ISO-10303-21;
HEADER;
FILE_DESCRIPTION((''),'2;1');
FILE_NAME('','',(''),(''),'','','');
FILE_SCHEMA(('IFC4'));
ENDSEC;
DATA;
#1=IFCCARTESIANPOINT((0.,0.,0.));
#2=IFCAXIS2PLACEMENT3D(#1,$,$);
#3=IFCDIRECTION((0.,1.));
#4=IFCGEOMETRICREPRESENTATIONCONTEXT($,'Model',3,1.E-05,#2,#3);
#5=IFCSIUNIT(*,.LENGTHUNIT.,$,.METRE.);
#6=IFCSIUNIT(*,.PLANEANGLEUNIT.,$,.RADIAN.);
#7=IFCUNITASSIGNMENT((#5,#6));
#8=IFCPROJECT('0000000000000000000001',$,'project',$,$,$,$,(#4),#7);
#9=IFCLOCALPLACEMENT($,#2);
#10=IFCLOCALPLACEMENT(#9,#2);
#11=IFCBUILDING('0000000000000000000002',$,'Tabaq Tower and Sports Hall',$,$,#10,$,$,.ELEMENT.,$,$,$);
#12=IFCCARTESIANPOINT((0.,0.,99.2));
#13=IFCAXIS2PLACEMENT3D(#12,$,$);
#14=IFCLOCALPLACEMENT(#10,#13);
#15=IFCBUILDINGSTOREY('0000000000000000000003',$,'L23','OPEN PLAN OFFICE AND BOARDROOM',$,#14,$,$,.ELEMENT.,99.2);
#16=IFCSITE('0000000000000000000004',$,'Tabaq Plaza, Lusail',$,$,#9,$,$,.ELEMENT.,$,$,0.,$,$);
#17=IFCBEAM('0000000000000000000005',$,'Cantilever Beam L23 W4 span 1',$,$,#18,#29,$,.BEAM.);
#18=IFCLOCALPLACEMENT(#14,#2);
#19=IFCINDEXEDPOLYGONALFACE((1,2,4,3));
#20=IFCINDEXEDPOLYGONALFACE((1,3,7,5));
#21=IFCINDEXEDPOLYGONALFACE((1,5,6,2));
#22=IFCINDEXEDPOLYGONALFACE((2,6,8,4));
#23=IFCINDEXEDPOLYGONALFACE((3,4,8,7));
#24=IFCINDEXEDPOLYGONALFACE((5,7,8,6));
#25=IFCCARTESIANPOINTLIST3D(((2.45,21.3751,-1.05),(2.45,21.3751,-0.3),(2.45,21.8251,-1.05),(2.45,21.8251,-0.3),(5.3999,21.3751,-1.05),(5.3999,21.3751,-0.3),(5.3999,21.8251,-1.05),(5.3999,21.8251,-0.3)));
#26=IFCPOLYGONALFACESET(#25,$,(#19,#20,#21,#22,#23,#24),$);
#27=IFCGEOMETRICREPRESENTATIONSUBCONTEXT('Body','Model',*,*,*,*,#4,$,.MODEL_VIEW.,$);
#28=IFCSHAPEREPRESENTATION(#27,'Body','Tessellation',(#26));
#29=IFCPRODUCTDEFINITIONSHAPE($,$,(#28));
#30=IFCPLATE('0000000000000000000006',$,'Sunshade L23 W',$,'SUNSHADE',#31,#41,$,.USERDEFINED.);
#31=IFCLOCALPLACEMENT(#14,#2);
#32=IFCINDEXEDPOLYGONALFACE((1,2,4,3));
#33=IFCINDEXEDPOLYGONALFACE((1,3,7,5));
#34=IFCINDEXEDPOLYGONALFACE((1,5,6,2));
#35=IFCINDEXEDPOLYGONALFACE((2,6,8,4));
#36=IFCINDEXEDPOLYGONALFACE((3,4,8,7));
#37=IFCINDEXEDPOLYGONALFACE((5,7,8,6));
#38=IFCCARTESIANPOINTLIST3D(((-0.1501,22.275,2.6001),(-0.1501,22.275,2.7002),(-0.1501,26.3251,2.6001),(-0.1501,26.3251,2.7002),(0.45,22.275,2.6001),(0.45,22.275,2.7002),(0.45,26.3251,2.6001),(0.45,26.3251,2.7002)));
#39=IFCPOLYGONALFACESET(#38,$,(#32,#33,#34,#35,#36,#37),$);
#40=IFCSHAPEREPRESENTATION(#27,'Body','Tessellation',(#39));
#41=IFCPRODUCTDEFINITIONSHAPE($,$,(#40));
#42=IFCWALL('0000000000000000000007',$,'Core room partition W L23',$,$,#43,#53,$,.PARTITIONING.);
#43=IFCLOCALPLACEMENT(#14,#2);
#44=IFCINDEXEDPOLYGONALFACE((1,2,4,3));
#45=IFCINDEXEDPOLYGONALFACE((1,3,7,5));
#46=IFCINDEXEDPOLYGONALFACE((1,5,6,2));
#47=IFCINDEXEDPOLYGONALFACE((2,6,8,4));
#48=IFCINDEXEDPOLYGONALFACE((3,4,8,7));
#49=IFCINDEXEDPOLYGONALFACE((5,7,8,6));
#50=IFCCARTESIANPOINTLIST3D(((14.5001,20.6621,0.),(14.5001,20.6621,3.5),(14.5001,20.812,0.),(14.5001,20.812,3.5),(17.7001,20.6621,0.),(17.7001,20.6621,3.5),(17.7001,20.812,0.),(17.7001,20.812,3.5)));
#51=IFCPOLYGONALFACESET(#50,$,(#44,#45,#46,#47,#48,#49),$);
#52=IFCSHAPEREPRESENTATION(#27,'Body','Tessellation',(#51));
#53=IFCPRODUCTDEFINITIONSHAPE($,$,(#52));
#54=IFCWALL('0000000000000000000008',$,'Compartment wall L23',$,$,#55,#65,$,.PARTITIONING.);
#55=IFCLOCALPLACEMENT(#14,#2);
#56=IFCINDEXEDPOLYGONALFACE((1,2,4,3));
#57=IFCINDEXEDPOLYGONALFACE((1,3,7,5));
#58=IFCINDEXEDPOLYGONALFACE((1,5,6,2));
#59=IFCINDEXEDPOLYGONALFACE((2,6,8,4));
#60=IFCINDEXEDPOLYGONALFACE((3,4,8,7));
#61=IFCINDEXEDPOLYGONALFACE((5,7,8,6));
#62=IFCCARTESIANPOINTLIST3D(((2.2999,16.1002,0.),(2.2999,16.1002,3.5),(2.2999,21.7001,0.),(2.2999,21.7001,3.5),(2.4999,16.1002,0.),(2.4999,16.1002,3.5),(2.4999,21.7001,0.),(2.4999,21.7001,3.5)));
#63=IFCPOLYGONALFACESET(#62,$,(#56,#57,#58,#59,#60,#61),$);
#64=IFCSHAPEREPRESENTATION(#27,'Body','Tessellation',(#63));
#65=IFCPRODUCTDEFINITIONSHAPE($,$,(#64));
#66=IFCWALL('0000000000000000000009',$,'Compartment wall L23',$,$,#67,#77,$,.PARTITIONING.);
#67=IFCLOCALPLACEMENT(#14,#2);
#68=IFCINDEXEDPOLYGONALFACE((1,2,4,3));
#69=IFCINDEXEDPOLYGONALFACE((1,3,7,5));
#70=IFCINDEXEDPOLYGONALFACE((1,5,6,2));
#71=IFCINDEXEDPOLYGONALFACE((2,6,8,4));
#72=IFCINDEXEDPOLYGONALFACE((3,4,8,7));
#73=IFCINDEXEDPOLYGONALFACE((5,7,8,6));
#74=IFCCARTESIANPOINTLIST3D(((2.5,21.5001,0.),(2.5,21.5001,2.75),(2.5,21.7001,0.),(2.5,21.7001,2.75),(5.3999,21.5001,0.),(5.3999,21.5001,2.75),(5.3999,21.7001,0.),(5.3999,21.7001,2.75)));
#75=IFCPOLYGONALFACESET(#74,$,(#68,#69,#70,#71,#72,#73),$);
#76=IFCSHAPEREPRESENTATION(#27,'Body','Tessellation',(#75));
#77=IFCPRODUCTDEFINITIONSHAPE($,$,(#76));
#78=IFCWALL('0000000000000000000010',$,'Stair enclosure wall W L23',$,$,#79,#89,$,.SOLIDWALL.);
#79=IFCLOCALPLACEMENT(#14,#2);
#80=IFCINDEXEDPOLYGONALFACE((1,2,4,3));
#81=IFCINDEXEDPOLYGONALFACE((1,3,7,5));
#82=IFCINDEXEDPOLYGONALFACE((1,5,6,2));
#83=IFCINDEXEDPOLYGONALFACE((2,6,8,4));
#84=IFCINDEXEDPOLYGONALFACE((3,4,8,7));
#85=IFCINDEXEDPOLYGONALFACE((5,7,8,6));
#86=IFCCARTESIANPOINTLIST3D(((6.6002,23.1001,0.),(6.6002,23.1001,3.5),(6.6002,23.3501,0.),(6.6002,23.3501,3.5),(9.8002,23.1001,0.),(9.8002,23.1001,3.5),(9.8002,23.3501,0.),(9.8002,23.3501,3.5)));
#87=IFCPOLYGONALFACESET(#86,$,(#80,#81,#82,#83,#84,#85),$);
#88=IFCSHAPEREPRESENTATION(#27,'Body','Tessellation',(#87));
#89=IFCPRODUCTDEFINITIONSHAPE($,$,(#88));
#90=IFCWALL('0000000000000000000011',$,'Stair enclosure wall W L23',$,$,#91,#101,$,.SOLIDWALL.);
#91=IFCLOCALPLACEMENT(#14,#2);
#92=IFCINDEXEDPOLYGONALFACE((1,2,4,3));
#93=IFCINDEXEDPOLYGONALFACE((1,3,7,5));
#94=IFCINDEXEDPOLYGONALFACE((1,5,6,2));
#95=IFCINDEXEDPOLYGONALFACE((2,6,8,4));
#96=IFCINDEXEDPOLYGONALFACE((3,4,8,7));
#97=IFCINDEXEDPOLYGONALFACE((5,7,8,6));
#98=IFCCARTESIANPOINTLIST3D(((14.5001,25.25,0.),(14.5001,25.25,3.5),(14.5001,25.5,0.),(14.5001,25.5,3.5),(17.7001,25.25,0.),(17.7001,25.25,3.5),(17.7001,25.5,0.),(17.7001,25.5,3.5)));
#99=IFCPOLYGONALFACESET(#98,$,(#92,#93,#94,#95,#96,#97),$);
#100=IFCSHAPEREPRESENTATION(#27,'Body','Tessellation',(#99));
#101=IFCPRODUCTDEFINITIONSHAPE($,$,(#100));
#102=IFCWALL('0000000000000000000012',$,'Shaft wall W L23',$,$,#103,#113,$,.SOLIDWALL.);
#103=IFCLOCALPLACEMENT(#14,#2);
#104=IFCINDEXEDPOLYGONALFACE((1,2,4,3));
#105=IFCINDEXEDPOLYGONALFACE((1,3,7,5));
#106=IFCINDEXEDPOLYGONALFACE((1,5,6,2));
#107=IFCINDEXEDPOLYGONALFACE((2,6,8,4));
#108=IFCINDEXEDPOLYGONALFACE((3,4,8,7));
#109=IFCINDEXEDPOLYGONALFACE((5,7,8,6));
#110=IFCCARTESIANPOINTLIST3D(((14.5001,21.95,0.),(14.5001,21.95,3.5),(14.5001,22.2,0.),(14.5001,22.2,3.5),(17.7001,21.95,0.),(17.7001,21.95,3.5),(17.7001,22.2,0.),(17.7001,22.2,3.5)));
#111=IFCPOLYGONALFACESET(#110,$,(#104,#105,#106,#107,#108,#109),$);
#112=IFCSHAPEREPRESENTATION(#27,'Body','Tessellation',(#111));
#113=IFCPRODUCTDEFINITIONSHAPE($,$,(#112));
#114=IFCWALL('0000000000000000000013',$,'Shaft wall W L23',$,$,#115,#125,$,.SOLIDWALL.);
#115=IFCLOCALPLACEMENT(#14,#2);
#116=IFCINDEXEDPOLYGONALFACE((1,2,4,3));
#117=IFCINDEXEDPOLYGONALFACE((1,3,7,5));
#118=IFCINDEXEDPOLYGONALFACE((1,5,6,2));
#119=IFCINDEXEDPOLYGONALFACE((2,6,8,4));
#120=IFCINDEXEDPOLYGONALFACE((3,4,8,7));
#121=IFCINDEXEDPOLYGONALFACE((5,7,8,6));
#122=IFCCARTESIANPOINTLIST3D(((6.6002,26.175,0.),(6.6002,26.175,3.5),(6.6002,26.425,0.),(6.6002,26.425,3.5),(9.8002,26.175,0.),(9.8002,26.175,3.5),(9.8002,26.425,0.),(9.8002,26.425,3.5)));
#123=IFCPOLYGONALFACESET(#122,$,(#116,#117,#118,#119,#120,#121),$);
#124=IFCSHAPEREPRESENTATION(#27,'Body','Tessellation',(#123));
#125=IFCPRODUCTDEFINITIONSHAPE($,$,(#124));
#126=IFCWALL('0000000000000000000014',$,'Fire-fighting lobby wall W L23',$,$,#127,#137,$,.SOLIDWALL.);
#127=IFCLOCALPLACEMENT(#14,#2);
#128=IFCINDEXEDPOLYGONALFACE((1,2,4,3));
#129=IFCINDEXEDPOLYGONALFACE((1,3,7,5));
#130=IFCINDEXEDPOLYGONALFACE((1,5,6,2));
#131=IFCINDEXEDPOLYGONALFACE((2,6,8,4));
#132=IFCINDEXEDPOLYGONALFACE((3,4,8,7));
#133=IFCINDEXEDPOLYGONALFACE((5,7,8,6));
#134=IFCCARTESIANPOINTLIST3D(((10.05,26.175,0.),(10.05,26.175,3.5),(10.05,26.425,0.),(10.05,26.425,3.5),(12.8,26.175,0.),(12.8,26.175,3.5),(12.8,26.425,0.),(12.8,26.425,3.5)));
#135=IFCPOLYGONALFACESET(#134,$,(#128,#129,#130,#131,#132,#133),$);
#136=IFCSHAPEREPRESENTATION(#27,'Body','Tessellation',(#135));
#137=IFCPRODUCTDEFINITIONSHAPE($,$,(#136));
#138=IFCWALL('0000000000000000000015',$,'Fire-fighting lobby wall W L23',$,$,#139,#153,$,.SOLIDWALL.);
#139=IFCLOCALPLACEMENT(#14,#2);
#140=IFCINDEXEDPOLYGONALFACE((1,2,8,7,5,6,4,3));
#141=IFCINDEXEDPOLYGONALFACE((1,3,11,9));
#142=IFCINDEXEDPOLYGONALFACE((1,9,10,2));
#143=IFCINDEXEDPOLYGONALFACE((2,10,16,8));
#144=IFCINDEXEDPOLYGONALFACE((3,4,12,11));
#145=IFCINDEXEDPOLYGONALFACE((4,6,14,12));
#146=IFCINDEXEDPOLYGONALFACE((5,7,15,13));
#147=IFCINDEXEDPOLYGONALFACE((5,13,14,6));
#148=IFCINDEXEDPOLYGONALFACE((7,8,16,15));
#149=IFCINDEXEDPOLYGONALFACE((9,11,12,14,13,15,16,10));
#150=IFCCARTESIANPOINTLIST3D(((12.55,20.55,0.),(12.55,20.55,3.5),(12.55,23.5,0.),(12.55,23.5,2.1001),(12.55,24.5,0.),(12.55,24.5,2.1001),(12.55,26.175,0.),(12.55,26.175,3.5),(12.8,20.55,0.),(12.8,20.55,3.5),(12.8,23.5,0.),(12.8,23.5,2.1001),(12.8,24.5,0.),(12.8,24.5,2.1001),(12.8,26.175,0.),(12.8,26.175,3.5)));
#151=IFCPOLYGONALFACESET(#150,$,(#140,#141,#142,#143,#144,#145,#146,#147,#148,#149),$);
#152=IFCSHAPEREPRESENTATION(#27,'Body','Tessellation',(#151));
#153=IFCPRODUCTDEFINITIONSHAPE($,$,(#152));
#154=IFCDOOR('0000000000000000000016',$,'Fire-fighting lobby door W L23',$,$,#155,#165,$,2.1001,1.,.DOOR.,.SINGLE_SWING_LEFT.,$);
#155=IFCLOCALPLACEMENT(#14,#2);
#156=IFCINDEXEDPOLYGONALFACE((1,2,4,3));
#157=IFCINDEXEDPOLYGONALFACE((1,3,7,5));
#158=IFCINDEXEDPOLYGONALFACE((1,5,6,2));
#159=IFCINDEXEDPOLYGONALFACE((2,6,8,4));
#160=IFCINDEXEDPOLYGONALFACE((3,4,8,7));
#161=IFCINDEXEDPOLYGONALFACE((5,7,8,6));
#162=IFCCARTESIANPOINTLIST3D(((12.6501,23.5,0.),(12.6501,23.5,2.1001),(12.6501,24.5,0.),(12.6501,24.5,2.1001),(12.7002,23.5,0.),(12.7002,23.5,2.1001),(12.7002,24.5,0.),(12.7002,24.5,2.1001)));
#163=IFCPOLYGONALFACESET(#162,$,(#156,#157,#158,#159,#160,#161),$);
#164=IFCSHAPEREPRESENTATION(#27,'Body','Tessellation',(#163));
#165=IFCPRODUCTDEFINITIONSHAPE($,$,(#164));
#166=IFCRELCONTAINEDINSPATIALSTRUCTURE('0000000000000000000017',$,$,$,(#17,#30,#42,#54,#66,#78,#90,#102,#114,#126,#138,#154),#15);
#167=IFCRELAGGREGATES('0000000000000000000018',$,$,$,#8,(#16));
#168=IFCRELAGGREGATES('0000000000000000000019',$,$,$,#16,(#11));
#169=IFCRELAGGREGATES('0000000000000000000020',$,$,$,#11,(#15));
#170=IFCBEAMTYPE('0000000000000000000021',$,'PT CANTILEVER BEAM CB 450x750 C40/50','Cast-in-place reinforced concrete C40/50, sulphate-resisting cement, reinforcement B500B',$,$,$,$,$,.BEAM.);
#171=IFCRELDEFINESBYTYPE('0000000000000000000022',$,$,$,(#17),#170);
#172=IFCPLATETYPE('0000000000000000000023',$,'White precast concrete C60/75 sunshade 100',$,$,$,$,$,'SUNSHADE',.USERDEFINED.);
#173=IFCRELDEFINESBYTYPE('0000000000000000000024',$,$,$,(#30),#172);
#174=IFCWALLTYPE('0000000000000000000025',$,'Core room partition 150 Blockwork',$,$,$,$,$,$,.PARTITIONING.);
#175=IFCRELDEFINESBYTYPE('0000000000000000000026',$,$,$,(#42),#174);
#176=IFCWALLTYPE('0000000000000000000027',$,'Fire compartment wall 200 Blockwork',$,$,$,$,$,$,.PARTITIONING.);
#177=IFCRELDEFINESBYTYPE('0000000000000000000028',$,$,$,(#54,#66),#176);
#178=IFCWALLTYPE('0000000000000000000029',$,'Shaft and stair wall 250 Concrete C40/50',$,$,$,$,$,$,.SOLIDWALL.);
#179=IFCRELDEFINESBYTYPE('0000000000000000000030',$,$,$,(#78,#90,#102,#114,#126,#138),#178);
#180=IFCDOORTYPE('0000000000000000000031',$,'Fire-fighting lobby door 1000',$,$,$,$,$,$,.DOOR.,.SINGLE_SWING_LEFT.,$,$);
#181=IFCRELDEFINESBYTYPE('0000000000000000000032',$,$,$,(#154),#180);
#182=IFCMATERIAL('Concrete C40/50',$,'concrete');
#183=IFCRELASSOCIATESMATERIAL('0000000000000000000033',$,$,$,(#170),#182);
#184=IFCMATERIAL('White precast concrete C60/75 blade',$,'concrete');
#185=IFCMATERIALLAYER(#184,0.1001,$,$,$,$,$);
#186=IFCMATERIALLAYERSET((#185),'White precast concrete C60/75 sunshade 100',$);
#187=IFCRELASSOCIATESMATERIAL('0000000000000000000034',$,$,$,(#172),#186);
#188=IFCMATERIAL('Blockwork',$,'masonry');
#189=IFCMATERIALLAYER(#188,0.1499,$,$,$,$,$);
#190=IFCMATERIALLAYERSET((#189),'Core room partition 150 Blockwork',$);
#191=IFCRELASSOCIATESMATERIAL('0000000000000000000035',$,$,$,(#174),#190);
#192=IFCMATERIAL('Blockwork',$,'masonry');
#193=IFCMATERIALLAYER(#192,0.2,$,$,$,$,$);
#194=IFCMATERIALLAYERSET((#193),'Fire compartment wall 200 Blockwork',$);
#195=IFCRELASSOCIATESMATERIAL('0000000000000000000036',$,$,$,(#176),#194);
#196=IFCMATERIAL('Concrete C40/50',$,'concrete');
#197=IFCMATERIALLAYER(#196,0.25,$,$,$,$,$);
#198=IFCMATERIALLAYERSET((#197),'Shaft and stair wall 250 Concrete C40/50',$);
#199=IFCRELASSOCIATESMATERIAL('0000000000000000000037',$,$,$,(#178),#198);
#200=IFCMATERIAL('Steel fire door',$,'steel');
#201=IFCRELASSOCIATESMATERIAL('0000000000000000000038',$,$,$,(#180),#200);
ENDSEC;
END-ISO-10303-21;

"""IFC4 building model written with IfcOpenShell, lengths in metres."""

from ifc_helpers import new_model, si_unit, direction, frame, frame_2d, origin, origin_2d, place, context, subcontext, project, spatial, rectangle, extrude, material, layer, layer_set, material_profile, profile_set, type_object, element, fill, save


model = new_model("IFC4")

# Units and contexts
model_context = context("Model", 3, precision=1e-05, world=origin(), true_north=direction((0.0, 1.0)))
body_context = subcontext(model_context, "Body", "Model", "MODEL_VIEW")
ifc_project = project(units=[si_unit("LENGTHUNIT", "METRE"), si_unit("PLANEANGLEUNIT", "RADIAN")], contexts=[model_context])

# Site, building, storey
site_placement = place(None, origin())
site = spatial("IfcSite", under=ifc_project, at=site_placement, Name="Tabaq Plaza, Lusail", CompositionType="ELEMENT", RefElevation=0.0)
building_placement = place(site_placement, origin())
building = spatial("IfcBuilding", under=site, at=building_placement, Name="Tabaq Tower and Sports Hall", CompositionType="ELEMENT")
storey_placement = place(building_placement, frame((0.0, 0.0, 99.2)))
storey = spatial("IfcBuildingStorey", under=building, at=storey_placement, Name="L23", Description="OPEN PLAN OFFICE AND BOARDROOM", CompositionType="ELEMENT", Elevation=99.2)

# Beam
ifc_material_1 = material(Name="Concrete C40/50", Category="concrete")
ifc_material_profile = material_profile(ifc_material_1, rectangle(XDim=0.45, YDim=0.75, at=origin_2d()), Name="CB 450x750")
ifc_profile_set = profile_set([ifc_material_profile], Name="Concrete C40/50")
beam_type = type_object("IfcBeamType", Name="PT CANTILEVER BEAM CB 450x750 C40/50", Description="Cast-in-place reinforced concrete C40/50, sulphate-resisting cement, reinforcement B500B", PredefinedType="BEAM", material=ifc_profile_set)
beam_placement = place(storey_placement, frame((2.45, 21.6001, -0.675), z_axis=(1.0, 0.0, 0.0), x_axis=(0.0, 1.0, 0.0)))
element("IfcBeam", 1, at=beam_placement, inside=storey, type_object=beam_type, Name="Cantilever Beam L23 W4 span 1", PredefinedType="BEAM", context=body_context, shape_type="SweptSolid", body=[
    extrude(rectangle(XDim=0.45, YDim=0.75, at=origin_2d()), origin(), (0.0, 0.0, 1.0), 2.95),
])

# Plate
ifc_material_2 = material(Name="White precast concrete C60/75 blade", Category="concrete")
ifc_layer_1 = layer(ifc_material_2, 0.1001)
ifc_layer_set_1 = layer_set([ifc_layer_1], Name="White precast concrete C60/75 sunshade 100")
plate_type = type_object("IfcPlateType", Name="White precast concrete C60/75 sunshade 100", ElementType="SUNSHADE", PredefinedType="USERDEFINED", material=ifc_layer_set_1)
plate_placement = place(storey_placement, frame((0.1499, 24.3, 2.6001), z_axis=(0.0, 0.0, 1.0), x_axis=(0.0, -1.0, 0.0)))
element("IfcPlate", 2, at=plate_placement, inside=storey, type_object=plate_type, Name="Sunshade L23 W", ObjectType="SUNSHADE", PredefinedType="USERDEFINED", context=body_context, shape_type="SweptSolid", body=[
    extrude(rectangle(XDim=4.05, YDim=0.6001, at=origin_2d()), origin(), (0.0, 0.0, 1.0), 0.1001),
])

# Walls
ifc_material_3 = material(Name="Blockwork", Category="masonry")
ifc_layer_2 = layer(ifc_material_3, 0.1499)
ifc_layer_set_2 = layer_set([ifc_layer_2], Name="Core room partition 150 Blockwork")
wall_type_1 = type_object("IfcWallType", Name="Core room partition 150 Blockwork", PredefinedType="PARTITIONING", material=ifc_layer_set_2)
wall_1_placement = place(storey_placement, frame((14.5, 20.7371, 0.0), z_axis=(0.0, 0.0, 1.0), x_axis=(1.0, 0.0, 0.0)))
element("IfcWall", 3, at=wall_1_placement, inside=storey, type_object=wall_type_1, Name="Core room partition W L23", PredefinedType="PARTITIONING", context=body_context, shape_type="SweptSolid", body=[
    extrude(rectangle(XDim=3.2, YDim=0.1499, at=frame_2d((1.6001, 0.0))), origin(), (0.0, 0.0, 1.0), 3.5),
])
ifc_material_4 = material(Name="Blockwork", Category="masonry")
ifc_layer_3 = layer(ifc_material_4, 0.2)
ifc_layer_set_3 = layer_set([ifc_layer_3], Name="Fire compartment wall 200 Blockwork")
wall_type_2 = type_object("IfcWallType", Name="Fire compartment wall 200 Blockwork", PredefinedType="PARTITIONING", material=ifc_layer_set_3)
wall_2_placement = place(storey_placement, frame((2.3999, 21.7, 0.0), z_axis=(0.0, 0.0, 1.0), x_axis=(0.0, -1.0, 0.0)))
element("IfcWall", 4, at=wall_2_placement, inside=storey, type_object=wall_type_2, Name="Compartment wall L23", PredefinedType="PARTITIONING", context=body_context, shape_type="SweptSolid", body=[
    extrude(rectangle(XDim=5.5999, YDim=0.2, at=frame_2d((2.7998, 0.0))), origin(), (0.0, 0.0, 1.0), 3.5),
])
wall_3_placement = place(storey_placement, frame((5.3999, 21.6001, 0.0), z_axis=(0.0, 0.0, 1.0), x_axis=(-1.0, 0.0, 0.0)))
element("IfcWall", 5, at=wall_3_placement, inside=storey, type_object=wall_type_2, Name="Compartment wall L23", PredefinedType="PARTITIONING", context=body_context, shape_type="SweptSolid", body=[
    extrude(rectangle(XDim=2.8999, YDim=0.2, at=frame_2d((1.45, 0.0))), origin(), (0.0, 0.0, 1.0), 2.75),
])
ifc_material_5 = material(Name="Concrete C40/50", Category="concrete")
ifc_layer_4 = layer(ifc_material_5, 0.25)
ifc_layer_set_4 = layer_set([ifc_layer_4], Name="Shaft and stair wall 250 Concrete C40/50")
wall_type_3 = type_object("IfcWallType", Name="Shaft and stair wall 250 Concrete C40/50", PredefinedType="SOLIDWALL", material=ifc_layer_set_4)
for number, where, z_axis, x_axis, name in (
    (6, (6.6001, 23.2251, 0.0), (0.0, 0.0, 1.0), (1.0, 0.0, 0.0), "Stair enclosure wall W L23"),
    (7, (14.5, 25.375, 0.0), (0.0, 0.0, 1.0), (1.0, 0.0, 0.0), "Stair enclosure wall W L23"),
    (8, (14.5, 22.075, 0.0), (0.0, 0.0, 1.0), (1.0, 0.0, 0.0), "Shaft wall W L23"),
    (9, (6.6001, 26.3, 0.0), (0.0, 0.0, 1.0), (1.0, 0.0, 0.0), "Shaft wall W L23"),
):
    element("IfcWall", number, at=place(storey_placement, frame(where, z_axis=z_axis, x_axis=x_axis)), inside=storey, type_object=wall_type_3, Name=name, PredefinedType="SOLIDWALL", context=body_context, shape_type="SweptSolid", body=[
        extrude(rectangle(XDim=3.2, YDim=0.25, at=frame_2d((1.6001, 0.0))), origin(), (0.0, 0.0, 1.0), 3.5),
    ])
wall_4_placement = place(storey_placement, frame((10.05, 26.3, 0.0), z_axis=(0.0, 0.0, 1.0), x_axis=(1.0, 0.0, 0.0)))
element("IfcWall", 10, at=wall_4_placement, inside=storey, type_object=wall_type_3, Name="Fire-fighting lobby wall W L23", PredefinedType="SOLIDWALL", context=body_context, shape_type="SweptSolid", body=[
    extrude(rectangle(XDim=2.75, YDim=0.25, at=frame_2d((1.375, 0.0))), origin(), (0.0, 0.0, 1.0), 3.5),
])

# Wall, opening, door
wall_5_placement = place(storey_placement, frame((12.675, 20.55, 0.0), z_axis=(0.0, 0.0, 1.0), x_axis=(0.0, 1.0, 0.0)))
wall_5 = element("IfcWall", 11, at=wall_5_placement, inside=storey, type_object=wall_type_3, Name="Fire-fighting lobby wall W L23", PredefinedType="SOLIDWALL", context=body_context, shape_type="SweptSolid", body=[
    extrude(rectangle(XDim=5.625, YDim=0.25, at=frame_2d((2.8125, 0.0))), origin(), (0.0, 0.0, 1.0), 3.5),
])
opening_placement = place(wall_5_placement, frame((2.95, 0.0, 0.0)))
opening = element("IfcOpeningElement", 12, at=opening_placement, cuts=wall_5, PredefinedType="OPENING", context=body_context, shape_type="SweptSolid", body=[
    extrude(rectangle(XDim=1.0, YDim=2.1001, at=frame_2d((0.5, 1.05))), frame((0.0, 0.125, 0.0), z_axis=(0.0, -1.0, 0.0), x_axis=(1.0, 0.0, 0.0)), (0.0, 0.0, 1.0), 0.25),
])
ifc_material_6 = material(Name="Steel fire door", Category="steel")
door_type = type_object("IfcDoorType", Name="Fire-fighting lobby door 1000", OperationType="SINGLE_SWING_LEFT", PredefinedType="DOOR", material=ifc_material_6)
door_placement = place(opening_placement, origin())
door = element("IfcDoor", 13, at=door_placement, inside=storey, type_object=door_type, Name="Fire-fighting lobby door W L23", OperationType="SINGLE_SWING_LEFT", OverallHeight=2.1001, OverallWidth=1.0, PredefinedType="DOOR", context=body_context, shape_type="SweptSolid", body=[
    extrude(rectangle(XDim=1.0, YDim=2.1001, at=frame_2d((0.5, 1.05))), frame((0.0, 0.0249, 0.0), z_axis=(0.0, -1.0, 0.0), x_axis=(1.0, 0.0, 0.0)), (0.0, 0.0, 1.0), 0.05),
])
fill(opening, door)

save(model, "model.ifc")
